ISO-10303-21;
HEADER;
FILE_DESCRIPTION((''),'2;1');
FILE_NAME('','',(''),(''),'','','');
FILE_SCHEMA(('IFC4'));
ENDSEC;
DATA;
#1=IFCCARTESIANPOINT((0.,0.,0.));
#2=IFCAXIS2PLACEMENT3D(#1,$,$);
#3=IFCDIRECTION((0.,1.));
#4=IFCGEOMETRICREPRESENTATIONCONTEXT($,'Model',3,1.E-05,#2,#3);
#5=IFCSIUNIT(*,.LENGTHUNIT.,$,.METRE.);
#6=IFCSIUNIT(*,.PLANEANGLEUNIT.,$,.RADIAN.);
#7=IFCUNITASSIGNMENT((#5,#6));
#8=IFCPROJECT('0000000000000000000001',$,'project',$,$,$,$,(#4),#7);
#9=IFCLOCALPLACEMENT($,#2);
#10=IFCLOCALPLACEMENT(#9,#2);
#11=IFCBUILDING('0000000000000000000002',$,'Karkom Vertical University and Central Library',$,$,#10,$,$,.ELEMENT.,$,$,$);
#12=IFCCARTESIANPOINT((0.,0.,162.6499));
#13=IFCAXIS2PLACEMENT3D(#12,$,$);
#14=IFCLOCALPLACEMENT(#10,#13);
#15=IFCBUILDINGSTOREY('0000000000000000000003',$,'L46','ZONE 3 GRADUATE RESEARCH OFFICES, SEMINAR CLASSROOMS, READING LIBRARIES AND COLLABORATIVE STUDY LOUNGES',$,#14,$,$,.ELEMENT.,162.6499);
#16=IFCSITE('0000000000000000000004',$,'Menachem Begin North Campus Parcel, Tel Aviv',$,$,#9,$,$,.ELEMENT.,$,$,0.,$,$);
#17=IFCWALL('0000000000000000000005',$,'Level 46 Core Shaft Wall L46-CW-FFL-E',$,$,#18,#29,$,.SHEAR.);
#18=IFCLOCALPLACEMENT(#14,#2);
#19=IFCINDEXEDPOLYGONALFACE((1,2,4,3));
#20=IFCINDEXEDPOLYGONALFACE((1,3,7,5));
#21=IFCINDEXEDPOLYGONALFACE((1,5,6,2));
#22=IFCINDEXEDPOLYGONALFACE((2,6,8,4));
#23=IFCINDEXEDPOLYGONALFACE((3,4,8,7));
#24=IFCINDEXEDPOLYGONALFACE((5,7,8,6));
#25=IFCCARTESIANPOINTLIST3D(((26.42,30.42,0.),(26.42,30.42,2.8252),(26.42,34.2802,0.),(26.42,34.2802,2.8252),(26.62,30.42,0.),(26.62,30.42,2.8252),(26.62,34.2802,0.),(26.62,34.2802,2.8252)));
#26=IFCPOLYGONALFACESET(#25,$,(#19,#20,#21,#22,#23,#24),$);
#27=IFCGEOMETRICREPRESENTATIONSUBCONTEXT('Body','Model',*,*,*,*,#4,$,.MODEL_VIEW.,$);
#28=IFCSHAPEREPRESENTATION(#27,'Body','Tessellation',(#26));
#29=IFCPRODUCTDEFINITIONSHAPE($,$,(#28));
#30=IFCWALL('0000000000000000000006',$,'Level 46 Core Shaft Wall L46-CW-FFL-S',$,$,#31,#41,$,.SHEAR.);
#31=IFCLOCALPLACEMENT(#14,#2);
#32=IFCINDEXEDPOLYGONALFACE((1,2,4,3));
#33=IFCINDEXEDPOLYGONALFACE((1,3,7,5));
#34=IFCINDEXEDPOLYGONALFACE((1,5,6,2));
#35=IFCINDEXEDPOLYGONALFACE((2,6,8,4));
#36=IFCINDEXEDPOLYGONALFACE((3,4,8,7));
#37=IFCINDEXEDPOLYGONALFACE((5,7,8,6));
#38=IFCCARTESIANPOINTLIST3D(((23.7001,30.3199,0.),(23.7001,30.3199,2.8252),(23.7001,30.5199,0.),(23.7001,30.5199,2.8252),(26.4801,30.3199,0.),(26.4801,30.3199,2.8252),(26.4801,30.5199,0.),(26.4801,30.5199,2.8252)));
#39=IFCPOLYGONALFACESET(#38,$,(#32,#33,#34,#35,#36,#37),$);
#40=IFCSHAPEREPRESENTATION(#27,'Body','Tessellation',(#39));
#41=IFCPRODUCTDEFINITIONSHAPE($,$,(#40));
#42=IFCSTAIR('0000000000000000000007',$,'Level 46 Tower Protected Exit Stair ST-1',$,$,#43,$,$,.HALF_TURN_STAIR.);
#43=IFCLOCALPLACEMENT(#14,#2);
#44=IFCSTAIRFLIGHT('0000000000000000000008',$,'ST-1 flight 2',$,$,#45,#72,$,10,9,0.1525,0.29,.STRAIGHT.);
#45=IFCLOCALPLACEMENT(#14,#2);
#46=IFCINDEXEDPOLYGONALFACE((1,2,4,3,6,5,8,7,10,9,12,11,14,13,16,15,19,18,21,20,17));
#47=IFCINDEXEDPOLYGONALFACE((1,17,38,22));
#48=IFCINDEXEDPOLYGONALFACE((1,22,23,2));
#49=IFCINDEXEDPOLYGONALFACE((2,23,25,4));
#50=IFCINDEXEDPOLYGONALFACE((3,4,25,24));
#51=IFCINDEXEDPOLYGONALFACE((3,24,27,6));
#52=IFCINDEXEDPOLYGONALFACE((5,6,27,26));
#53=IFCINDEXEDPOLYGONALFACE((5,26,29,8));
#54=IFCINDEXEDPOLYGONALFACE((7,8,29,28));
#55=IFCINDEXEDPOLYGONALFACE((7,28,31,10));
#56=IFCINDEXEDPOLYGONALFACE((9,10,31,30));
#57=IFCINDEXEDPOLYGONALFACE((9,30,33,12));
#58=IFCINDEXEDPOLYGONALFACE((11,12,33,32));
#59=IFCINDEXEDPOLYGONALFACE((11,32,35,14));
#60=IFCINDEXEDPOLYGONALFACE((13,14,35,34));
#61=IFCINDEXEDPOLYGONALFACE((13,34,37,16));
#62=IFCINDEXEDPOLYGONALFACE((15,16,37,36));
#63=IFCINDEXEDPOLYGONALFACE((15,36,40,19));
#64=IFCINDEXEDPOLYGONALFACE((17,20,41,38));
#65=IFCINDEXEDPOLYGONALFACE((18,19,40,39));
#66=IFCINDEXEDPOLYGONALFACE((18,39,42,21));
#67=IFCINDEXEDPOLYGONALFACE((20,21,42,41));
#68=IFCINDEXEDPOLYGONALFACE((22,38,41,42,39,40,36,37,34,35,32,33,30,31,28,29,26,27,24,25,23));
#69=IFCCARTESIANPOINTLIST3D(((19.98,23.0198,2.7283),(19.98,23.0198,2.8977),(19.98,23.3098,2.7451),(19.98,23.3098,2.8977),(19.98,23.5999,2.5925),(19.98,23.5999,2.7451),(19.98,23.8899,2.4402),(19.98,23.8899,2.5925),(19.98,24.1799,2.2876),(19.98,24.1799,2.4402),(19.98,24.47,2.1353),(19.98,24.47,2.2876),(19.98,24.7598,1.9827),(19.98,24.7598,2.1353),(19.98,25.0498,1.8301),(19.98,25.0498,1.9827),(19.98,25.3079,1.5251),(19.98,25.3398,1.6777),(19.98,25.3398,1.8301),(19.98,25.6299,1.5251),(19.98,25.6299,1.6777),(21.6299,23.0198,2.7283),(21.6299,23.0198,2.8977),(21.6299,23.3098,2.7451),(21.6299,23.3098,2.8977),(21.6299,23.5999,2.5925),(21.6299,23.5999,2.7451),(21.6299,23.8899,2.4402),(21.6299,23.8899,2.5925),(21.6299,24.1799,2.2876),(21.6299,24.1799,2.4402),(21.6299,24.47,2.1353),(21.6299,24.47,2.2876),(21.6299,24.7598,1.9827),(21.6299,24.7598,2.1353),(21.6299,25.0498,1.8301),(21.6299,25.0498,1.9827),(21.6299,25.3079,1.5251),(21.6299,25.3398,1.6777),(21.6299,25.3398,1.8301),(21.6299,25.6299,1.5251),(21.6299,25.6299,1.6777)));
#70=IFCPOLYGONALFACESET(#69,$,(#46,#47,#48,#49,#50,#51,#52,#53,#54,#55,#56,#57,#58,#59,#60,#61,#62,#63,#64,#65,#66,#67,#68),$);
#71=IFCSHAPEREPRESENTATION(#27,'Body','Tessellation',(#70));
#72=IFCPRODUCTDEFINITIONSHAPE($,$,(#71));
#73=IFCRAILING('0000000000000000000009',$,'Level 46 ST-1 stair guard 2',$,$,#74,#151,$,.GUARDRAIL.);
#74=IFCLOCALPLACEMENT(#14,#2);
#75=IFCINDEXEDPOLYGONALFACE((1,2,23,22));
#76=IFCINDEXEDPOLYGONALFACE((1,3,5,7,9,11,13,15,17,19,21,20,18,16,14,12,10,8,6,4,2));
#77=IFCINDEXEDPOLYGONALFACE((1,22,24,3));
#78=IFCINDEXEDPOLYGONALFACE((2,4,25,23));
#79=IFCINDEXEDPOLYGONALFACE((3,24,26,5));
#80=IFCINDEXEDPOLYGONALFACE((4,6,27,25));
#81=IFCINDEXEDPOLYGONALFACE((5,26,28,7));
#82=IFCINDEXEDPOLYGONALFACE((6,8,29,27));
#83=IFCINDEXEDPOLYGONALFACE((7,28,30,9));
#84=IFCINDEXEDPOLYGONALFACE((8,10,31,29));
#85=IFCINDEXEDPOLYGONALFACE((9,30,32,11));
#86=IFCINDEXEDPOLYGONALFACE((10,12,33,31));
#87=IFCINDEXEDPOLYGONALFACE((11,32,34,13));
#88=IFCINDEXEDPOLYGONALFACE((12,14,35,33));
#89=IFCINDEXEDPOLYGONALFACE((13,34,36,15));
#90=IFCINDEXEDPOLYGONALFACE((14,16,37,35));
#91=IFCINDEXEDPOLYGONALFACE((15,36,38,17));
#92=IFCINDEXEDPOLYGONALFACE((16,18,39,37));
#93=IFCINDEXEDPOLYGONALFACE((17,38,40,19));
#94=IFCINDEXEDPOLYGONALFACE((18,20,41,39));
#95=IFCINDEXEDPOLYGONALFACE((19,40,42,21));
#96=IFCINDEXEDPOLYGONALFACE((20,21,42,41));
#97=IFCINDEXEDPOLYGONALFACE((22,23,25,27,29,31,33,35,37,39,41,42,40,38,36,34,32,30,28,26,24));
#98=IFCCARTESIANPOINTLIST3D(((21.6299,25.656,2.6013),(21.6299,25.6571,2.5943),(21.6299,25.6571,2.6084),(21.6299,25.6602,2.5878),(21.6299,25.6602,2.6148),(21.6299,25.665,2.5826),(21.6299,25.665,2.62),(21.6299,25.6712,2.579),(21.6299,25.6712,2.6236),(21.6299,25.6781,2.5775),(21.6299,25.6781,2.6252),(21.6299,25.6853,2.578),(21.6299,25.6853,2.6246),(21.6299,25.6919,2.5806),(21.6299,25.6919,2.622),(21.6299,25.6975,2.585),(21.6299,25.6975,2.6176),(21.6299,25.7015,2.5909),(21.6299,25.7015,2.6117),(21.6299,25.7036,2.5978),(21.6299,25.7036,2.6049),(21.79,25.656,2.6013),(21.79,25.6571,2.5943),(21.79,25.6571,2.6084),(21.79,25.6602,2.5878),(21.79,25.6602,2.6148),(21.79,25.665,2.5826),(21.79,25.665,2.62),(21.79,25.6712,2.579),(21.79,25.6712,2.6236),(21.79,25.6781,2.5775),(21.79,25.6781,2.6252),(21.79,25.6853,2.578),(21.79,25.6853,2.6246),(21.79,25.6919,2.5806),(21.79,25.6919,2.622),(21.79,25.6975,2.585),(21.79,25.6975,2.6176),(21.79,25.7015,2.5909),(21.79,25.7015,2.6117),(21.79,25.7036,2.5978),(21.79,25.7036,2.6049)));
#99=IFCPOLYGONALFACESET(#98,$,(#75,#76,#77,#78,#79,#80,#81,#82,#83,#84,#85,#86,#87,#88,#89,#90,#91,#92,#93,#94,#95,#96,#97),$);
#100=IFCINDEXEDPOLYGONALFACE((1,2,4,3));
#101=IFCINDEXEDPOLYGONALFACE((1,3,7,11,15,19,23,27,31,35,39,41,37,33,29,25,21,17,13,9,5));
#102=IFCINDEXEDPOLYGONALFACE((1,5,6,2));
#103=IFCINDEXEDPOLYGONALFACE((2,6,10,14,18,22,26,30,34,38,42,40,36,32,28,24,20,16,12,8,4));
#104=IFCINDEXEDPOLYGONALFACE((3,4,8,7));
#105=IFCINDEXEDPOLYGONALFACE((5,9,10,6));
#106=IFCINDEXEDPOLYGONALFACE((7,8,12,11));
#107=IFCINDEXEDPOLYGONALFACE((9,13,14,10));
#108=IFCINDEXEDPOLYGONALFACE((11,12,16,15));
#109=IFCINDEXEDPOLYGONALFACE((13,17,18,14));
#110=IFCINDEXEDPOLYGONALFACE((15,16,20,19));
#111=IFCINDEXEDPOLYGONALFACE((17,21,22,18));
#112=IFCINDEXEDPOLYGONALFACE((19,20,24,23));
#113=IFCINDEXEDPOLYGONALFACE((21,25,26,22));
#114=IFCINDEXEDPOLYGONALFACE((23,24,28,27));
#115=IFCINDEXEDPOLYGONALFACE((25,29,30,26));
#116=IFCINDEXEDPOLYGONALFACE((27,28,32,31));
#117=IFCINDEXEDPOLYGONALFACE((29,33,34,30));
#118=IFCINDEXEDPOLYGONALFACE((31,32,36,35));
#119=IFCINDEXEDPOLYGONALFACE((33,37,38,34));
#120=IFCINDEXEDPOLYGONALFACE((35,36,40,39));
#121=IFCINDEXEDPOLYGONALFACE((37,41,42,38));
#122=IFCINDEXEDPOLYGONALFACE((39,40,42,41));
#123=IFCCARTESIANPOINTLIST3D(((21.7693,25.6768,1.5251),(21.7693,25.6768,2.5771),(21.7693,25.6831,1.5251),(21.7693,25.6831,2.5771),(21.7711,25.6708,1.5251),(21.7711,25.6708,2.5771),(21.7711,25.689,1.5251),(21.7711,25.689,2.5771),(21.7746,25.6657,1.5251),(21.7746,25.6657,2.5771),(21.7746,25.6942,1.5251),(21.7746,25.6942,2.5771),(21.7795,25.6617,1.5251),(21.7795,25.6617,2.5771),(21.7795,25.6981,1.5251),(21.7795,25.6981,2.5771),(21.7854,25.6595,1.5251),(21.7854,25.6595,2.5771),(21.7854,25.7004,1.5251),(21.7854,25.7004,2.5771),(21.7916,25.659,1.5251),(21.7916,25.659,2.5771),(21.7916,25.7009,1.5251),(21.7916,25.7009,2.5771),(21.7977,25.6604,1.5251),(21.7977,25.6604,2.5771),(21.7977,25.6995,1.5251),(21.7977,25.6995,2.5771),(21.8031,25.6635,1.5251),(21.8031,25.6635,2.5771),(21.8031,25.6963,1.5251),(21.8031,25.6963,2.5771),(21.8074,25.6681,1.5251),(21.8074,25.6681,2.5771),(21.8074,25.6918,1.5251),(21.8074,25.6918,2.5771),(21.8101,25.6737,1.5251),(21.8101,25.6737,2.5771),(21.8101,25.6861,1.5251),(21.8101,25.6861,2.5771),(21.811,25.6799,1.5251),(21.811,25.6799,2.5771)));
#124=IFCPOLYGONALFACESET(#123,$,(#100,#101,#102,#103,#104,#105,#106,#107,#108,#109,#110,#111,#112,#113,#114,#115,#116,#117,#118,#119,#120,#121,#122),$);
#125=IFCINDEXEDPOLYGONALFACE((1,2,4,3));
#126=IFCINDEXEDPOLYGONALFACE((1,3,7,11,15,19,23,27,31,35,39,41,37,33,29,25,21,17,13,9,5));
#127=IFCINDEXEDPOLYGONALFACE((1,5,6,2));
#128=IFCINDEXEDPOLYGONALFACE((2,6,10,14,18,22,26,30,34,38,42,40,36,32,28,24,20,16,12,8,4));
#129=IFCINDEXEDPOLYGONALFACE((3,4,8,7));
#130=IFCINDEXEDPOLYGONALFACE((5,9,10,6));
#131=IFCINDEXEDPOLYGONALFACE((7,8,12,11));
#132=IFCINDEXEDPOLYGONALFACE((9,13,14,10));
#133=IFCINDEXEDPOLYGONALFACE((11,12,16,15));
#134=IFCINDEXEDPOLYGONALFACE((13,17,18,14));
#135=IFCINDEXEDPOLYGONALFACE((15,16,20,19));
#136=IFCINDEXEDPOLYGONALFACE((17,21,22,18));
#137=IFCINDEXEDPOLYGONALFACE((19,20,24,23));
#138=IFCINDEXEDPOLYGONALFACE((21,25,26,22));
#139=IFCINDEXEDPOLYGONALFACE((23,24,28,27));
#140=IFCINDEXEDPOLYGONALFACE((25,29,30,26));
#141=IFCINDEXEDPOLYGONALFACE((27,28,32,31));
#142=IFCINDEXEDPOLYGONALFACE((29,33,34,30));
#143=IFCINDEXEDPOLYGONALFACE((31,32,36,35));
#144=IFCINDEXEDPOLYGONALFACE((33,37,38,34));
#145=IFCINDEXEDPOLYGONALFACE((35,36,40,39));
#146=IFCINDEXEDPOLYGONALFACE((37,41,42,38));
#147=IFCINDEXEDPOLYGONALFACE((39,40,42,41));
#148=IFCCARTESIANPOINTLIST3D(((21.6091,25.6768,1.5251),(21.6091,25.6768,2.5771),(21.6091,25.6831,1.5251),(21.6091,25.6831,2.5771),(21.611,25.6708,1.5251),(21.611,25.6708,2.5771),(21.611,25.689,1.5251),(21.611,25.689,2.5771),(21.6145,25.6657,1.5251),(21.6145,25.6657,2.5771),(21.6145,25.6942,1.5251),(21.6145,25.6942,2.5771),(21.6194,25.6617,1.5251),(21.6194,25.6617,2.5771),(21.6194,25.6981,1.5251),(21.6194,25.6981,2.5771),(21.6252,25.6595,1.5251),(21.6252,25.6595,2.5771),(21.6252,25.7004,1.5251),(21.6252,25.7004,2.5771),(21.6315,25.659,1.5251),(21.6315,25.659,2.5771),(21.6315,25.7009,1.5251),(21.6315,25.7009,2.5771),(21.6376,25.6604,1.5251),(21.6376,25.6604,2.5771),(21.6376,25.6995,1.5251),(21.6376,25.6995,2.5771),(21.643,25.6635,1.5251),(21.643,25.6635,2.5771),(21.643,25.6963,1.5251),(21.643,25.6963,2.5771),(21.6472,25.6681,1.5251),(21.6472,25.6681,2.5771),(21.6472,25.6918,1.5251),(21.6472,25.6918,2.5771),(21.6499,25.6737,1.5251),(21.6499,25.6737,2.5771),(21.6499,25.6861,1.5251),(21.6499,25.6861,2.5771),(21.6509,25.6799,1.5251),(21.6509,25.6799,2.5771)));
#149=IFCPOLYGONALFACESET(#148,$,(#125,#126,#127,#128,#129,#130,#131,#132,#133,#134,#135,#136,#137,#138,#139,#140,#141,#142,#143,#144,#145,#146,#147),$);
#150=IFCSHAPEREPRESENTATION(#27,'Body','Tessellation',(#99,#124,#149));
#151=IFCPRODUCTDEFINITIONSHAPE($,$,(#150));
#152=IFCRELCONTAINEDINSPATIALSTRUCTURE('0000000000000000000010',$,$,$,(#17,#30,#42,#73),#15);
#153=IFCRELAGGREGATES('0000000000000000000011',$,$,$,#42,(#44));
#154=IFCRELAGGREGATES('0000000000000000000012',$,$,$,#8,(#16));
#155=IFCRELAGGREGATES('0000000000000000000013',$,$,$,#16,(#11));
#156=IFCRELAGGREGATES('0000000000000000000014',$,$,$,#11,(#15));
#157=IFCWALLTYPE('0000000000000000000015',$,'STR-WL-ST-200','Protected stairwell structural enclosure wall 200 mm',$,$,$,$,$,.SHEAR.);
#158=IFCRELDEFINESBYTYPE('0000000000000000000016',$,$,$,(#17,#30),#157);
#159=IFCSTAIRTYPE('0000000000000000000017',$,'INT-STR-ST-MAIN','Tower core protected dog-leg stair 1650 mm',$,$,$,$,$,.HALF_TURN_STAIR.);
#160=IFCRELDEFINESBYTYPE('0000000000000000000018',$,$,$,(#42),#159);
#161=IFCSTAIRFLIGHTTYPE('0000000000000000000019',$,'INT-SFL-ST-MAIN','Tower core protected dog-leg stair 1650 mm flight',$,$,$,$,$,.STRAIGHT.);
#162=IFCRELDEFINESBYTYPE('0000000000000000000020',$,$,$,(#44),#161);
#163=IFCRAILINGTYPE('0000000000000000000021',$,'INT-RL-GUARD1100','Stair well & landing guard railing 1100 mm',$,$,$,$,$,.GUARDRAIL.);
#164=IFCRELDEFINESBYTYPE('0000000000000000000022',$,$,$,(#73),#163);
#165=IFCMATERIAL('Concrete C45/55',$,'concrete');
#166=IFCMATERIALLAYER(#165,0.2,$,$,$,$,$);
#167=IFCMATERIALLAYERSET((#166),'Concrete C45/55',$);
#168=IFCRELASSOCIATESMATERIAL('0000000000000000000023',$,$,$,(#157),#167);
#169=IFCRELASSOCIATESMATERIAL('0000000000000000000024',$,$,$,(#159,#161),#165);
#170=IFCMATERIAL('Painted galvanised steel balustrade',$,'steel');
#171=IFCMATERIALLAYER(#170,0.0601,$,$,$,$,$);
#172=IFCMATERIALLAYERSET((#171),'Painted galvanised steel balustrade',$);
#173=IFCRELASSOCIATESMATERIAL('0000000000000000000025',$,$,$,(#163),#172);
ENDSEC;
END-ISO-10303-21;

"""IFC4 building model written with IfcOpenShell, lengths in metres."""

from ifc_helpers import new_model, si_unit, direction, frame, frame_2d, origin, origin_2d, place, context, subcontext, project, spatial, polyline, rectangle, circle, outline, extrude, material, layer, layer_set, type_object, element, aggregate, save


model = new_model("IFC4")

# Units and contexts
model_context = context("Model", 3, precision=1e-05, world=origin(), true_north=direction((0.0, 1.0)))
body_context = subcontext(model_context, "Body", "Model", "MODEL_VIEW")
ifc_project = project(units=[si_unit("LENGTHUNIT", "METRE"), si_unit("PLANEANGLEUNIT", "RADIAN")], contexts=[model_context])

# Site, building, storey
site_placement = place(None, origin())
site = spatial("IfcSite", under=ifc_project, at=site_placement, Name="Menachem Begin North Campus Parcel, Tel Aviv", CompositionType="ELEMENT", RefElevation=0.0)
building_placement = place(site_placement, origin())
building = spatial("IfcBuilding", under=site, at=building_placement, Name="Karkom Vertical University and Central Library", CompositionType="ELEMENT")
storey_placement = place(building_placement, frame((0.0, 0.0, 162.6499)))
storey = spatial("IfcBuildingStorey", under=building, at=storey_placement, Name="L46", Description="ZONE 3 GRADUATE RESEARCH OFFICES, SEMINAR CLASSROOMS, READING LIBRARIES AND COLLABORATIVE STUDY LOUNGES", CompositionType="ELEMENT", Elevation=162.6499)

# Shared definitions
ifc_material_1 = material(Name="Concrete C45/55", Category="concrete")
ifc_layer_1 = layer(ifc_material_1, 0.2)
ifc_layer_set_1 = layer_set([ifc_layer_1], Name="Concrete C45/55")
wall_type_1 = type_object("IfcWallType", Name="STR-WL-ST-200", Description="Protected stairwell structural enclosure wall 200 mm", PredefinedType="SHEAR", material=ifc_layer_set_1)

# Walls
wall_1_placement = place(storey_placement, frame((26.52, 30.4199, 0.0), z_axis=(0.0, 0.0, 1.0), x_axis=(0.0, 1.0, 0.0)))
element("IfcWall", 1, at=wall_1_placement, inside=storey, type_object=wall_type_1, Name="Level 46 Core Shaft Wall L46-CW-FFL-E", PredefinedType="SHEAR", context=body_context, shape_type="SweptSolid", body=[
    extrude(rectangle(XDim=3.8601, YDim=0.2, at=frame_2d((1.9302, 0.0))), origin(), (0.0, 0.0, 1.0), 2.8252),
])
wall_2_placement = place(storey_placement, frame((23.7, 30.4199, 0.0), z_axis=(0.0, 0.0, 1.0), x_axis=(1.0, 0.0, 0.0)))
element("IfcWall", 2, at=wall_2_placement, inside=storey, type_object=wall_type_1, Name="Level 46 Core Shaft Wall L46-CW-FFL-S", PredefinedType="SHEAR", context=body_context, shape_type="SweptSolid", body=[
    extrude(rectangle(XDim=2.78, YDim=0.2, at=frame_2d((1.3901, 0.0))), origin(), (0.0, 0.0, 1.0), 2.8252),
])

# Stair, stair flight
stair_type = type_object("IfcStairType", Name="INT-STR-ST-MAIN", Description="Tower core protected dog-leg stair 1650 mm", PredefinedType="HALF_TURN_STAIR", material=ifc_material_1)
stair_placement = place(storey_placement, origin())
stair = element("IfcStair", 3, at=stair_placement, inside=storey, type_object=stair_type, Name="Level 46 Tower Protected Exit Stair ST-1", PredefinedType="HALF_TURN_STAIR")
stair_flight_type = type_object("IfcStairFlightType", Name="INT-SFL-ST-MAIN", Description="Tower core protected dog-leg stair 1650 mm flight", PredefinedType="STRAIGHT", material=ifc_material_1)
stair_flight_placement = place(storey_placement, frame((20.8049, 25.6299, 1.5251), z_axis=(0.0, 0.0, 1.0), x_axis=(0.0, -1.0, 0.0)))
stair_flight = element("IfcStairFlight", 4, at=stair_flight_placement, type_object=stair_flight_type, Name="ST-1 flight 2", NumberOfRisers=10, NumberOfTreads=9, PredefinedType="STRAIGHT", RiserHeight=0.1525, TreadLength=0.29, context=body_context, shape_type="SweptSolid", body=[
    extrude(outline(polyline([(0.0, 0.0), (0.0, 0.1526), (0.29, 0.1526), (0.29, 0.3049), (0.5801, 0.3049), (0.5801, 0.4575), (0.8701, 0.4575), (0.8701, 0.6101), (1.1599, 0.6101), (1.1599, 0.7625), (1.45, 0.7625), (1.45, 0.915), (1.74, 0.915), (1.74, 1.0674), (2.03, 1.0674), (2.03, 1.22), (2.3201, 1.22), (2.3201, 1.3726), (2.6101, 1.3726), (2.6101, 1.5249), (2.6101, 1.2031), (0.322, 0.0), (0.0, 0.0)])), frame((0.0, 0.825, 0.0), z_axis=(0.0, -1.0, 0.0), x_axis=(1.0, 0.0, 0.0)), (0.0, 0.0, 1.0), 1.6499),
])
aggregate(stair, [stair_flight])

# Railing
ifc_material_2 = material(Name="Painted galvanised steel balustrade", Category="steel")
ifc_layer_2 = layer(ifc_material_2, 0.0601)
ifc_layer_set_2 = layer_set([ifc_layer_2], Name="Painted galvanised steel balustrade")
railing_type_1 = type_object("IfcRailingType", Name="INT-RL-GUARD1100", Description="Stair well & landing guard railing 1100 mm", PredefinedType="GUARDRAIL", material=ifc_layer_set_2)
railing_1_placement = place(storey_placement, frame((21.79, 25.6799, 1.5251)))
element("IfcRailing", 5, at=railing_1_placement, inside=storey, type_object=railing_type_1, Name="Level 46 ST-1 stair guard 2", PredefinedType="GUARDRAIL", context=body_context, shape_type="SweptSolid", body=[
    extrude(circle(Radius=0.0239, at=origin_2d()), frame((0.0, 0.0, 1.0762), z_axis=(-1.0, 0.0, 0.0), x_axis=(0.0, -1.0, 0.0)), (0.0, 0.0, 1.0), 0.1602),
    extrude(circle(Radius=0.021, at=origin_2d()), origin(), (0.0, 0.0, 1.0), 1.052),
    extrude(circle(Radius=0.021, at=origin_2d()), frame((-0.1602, 0.0, 0.0)), (0.0, 0.0, 1.0), 1.052),
])

save(model, "model.ifc")
